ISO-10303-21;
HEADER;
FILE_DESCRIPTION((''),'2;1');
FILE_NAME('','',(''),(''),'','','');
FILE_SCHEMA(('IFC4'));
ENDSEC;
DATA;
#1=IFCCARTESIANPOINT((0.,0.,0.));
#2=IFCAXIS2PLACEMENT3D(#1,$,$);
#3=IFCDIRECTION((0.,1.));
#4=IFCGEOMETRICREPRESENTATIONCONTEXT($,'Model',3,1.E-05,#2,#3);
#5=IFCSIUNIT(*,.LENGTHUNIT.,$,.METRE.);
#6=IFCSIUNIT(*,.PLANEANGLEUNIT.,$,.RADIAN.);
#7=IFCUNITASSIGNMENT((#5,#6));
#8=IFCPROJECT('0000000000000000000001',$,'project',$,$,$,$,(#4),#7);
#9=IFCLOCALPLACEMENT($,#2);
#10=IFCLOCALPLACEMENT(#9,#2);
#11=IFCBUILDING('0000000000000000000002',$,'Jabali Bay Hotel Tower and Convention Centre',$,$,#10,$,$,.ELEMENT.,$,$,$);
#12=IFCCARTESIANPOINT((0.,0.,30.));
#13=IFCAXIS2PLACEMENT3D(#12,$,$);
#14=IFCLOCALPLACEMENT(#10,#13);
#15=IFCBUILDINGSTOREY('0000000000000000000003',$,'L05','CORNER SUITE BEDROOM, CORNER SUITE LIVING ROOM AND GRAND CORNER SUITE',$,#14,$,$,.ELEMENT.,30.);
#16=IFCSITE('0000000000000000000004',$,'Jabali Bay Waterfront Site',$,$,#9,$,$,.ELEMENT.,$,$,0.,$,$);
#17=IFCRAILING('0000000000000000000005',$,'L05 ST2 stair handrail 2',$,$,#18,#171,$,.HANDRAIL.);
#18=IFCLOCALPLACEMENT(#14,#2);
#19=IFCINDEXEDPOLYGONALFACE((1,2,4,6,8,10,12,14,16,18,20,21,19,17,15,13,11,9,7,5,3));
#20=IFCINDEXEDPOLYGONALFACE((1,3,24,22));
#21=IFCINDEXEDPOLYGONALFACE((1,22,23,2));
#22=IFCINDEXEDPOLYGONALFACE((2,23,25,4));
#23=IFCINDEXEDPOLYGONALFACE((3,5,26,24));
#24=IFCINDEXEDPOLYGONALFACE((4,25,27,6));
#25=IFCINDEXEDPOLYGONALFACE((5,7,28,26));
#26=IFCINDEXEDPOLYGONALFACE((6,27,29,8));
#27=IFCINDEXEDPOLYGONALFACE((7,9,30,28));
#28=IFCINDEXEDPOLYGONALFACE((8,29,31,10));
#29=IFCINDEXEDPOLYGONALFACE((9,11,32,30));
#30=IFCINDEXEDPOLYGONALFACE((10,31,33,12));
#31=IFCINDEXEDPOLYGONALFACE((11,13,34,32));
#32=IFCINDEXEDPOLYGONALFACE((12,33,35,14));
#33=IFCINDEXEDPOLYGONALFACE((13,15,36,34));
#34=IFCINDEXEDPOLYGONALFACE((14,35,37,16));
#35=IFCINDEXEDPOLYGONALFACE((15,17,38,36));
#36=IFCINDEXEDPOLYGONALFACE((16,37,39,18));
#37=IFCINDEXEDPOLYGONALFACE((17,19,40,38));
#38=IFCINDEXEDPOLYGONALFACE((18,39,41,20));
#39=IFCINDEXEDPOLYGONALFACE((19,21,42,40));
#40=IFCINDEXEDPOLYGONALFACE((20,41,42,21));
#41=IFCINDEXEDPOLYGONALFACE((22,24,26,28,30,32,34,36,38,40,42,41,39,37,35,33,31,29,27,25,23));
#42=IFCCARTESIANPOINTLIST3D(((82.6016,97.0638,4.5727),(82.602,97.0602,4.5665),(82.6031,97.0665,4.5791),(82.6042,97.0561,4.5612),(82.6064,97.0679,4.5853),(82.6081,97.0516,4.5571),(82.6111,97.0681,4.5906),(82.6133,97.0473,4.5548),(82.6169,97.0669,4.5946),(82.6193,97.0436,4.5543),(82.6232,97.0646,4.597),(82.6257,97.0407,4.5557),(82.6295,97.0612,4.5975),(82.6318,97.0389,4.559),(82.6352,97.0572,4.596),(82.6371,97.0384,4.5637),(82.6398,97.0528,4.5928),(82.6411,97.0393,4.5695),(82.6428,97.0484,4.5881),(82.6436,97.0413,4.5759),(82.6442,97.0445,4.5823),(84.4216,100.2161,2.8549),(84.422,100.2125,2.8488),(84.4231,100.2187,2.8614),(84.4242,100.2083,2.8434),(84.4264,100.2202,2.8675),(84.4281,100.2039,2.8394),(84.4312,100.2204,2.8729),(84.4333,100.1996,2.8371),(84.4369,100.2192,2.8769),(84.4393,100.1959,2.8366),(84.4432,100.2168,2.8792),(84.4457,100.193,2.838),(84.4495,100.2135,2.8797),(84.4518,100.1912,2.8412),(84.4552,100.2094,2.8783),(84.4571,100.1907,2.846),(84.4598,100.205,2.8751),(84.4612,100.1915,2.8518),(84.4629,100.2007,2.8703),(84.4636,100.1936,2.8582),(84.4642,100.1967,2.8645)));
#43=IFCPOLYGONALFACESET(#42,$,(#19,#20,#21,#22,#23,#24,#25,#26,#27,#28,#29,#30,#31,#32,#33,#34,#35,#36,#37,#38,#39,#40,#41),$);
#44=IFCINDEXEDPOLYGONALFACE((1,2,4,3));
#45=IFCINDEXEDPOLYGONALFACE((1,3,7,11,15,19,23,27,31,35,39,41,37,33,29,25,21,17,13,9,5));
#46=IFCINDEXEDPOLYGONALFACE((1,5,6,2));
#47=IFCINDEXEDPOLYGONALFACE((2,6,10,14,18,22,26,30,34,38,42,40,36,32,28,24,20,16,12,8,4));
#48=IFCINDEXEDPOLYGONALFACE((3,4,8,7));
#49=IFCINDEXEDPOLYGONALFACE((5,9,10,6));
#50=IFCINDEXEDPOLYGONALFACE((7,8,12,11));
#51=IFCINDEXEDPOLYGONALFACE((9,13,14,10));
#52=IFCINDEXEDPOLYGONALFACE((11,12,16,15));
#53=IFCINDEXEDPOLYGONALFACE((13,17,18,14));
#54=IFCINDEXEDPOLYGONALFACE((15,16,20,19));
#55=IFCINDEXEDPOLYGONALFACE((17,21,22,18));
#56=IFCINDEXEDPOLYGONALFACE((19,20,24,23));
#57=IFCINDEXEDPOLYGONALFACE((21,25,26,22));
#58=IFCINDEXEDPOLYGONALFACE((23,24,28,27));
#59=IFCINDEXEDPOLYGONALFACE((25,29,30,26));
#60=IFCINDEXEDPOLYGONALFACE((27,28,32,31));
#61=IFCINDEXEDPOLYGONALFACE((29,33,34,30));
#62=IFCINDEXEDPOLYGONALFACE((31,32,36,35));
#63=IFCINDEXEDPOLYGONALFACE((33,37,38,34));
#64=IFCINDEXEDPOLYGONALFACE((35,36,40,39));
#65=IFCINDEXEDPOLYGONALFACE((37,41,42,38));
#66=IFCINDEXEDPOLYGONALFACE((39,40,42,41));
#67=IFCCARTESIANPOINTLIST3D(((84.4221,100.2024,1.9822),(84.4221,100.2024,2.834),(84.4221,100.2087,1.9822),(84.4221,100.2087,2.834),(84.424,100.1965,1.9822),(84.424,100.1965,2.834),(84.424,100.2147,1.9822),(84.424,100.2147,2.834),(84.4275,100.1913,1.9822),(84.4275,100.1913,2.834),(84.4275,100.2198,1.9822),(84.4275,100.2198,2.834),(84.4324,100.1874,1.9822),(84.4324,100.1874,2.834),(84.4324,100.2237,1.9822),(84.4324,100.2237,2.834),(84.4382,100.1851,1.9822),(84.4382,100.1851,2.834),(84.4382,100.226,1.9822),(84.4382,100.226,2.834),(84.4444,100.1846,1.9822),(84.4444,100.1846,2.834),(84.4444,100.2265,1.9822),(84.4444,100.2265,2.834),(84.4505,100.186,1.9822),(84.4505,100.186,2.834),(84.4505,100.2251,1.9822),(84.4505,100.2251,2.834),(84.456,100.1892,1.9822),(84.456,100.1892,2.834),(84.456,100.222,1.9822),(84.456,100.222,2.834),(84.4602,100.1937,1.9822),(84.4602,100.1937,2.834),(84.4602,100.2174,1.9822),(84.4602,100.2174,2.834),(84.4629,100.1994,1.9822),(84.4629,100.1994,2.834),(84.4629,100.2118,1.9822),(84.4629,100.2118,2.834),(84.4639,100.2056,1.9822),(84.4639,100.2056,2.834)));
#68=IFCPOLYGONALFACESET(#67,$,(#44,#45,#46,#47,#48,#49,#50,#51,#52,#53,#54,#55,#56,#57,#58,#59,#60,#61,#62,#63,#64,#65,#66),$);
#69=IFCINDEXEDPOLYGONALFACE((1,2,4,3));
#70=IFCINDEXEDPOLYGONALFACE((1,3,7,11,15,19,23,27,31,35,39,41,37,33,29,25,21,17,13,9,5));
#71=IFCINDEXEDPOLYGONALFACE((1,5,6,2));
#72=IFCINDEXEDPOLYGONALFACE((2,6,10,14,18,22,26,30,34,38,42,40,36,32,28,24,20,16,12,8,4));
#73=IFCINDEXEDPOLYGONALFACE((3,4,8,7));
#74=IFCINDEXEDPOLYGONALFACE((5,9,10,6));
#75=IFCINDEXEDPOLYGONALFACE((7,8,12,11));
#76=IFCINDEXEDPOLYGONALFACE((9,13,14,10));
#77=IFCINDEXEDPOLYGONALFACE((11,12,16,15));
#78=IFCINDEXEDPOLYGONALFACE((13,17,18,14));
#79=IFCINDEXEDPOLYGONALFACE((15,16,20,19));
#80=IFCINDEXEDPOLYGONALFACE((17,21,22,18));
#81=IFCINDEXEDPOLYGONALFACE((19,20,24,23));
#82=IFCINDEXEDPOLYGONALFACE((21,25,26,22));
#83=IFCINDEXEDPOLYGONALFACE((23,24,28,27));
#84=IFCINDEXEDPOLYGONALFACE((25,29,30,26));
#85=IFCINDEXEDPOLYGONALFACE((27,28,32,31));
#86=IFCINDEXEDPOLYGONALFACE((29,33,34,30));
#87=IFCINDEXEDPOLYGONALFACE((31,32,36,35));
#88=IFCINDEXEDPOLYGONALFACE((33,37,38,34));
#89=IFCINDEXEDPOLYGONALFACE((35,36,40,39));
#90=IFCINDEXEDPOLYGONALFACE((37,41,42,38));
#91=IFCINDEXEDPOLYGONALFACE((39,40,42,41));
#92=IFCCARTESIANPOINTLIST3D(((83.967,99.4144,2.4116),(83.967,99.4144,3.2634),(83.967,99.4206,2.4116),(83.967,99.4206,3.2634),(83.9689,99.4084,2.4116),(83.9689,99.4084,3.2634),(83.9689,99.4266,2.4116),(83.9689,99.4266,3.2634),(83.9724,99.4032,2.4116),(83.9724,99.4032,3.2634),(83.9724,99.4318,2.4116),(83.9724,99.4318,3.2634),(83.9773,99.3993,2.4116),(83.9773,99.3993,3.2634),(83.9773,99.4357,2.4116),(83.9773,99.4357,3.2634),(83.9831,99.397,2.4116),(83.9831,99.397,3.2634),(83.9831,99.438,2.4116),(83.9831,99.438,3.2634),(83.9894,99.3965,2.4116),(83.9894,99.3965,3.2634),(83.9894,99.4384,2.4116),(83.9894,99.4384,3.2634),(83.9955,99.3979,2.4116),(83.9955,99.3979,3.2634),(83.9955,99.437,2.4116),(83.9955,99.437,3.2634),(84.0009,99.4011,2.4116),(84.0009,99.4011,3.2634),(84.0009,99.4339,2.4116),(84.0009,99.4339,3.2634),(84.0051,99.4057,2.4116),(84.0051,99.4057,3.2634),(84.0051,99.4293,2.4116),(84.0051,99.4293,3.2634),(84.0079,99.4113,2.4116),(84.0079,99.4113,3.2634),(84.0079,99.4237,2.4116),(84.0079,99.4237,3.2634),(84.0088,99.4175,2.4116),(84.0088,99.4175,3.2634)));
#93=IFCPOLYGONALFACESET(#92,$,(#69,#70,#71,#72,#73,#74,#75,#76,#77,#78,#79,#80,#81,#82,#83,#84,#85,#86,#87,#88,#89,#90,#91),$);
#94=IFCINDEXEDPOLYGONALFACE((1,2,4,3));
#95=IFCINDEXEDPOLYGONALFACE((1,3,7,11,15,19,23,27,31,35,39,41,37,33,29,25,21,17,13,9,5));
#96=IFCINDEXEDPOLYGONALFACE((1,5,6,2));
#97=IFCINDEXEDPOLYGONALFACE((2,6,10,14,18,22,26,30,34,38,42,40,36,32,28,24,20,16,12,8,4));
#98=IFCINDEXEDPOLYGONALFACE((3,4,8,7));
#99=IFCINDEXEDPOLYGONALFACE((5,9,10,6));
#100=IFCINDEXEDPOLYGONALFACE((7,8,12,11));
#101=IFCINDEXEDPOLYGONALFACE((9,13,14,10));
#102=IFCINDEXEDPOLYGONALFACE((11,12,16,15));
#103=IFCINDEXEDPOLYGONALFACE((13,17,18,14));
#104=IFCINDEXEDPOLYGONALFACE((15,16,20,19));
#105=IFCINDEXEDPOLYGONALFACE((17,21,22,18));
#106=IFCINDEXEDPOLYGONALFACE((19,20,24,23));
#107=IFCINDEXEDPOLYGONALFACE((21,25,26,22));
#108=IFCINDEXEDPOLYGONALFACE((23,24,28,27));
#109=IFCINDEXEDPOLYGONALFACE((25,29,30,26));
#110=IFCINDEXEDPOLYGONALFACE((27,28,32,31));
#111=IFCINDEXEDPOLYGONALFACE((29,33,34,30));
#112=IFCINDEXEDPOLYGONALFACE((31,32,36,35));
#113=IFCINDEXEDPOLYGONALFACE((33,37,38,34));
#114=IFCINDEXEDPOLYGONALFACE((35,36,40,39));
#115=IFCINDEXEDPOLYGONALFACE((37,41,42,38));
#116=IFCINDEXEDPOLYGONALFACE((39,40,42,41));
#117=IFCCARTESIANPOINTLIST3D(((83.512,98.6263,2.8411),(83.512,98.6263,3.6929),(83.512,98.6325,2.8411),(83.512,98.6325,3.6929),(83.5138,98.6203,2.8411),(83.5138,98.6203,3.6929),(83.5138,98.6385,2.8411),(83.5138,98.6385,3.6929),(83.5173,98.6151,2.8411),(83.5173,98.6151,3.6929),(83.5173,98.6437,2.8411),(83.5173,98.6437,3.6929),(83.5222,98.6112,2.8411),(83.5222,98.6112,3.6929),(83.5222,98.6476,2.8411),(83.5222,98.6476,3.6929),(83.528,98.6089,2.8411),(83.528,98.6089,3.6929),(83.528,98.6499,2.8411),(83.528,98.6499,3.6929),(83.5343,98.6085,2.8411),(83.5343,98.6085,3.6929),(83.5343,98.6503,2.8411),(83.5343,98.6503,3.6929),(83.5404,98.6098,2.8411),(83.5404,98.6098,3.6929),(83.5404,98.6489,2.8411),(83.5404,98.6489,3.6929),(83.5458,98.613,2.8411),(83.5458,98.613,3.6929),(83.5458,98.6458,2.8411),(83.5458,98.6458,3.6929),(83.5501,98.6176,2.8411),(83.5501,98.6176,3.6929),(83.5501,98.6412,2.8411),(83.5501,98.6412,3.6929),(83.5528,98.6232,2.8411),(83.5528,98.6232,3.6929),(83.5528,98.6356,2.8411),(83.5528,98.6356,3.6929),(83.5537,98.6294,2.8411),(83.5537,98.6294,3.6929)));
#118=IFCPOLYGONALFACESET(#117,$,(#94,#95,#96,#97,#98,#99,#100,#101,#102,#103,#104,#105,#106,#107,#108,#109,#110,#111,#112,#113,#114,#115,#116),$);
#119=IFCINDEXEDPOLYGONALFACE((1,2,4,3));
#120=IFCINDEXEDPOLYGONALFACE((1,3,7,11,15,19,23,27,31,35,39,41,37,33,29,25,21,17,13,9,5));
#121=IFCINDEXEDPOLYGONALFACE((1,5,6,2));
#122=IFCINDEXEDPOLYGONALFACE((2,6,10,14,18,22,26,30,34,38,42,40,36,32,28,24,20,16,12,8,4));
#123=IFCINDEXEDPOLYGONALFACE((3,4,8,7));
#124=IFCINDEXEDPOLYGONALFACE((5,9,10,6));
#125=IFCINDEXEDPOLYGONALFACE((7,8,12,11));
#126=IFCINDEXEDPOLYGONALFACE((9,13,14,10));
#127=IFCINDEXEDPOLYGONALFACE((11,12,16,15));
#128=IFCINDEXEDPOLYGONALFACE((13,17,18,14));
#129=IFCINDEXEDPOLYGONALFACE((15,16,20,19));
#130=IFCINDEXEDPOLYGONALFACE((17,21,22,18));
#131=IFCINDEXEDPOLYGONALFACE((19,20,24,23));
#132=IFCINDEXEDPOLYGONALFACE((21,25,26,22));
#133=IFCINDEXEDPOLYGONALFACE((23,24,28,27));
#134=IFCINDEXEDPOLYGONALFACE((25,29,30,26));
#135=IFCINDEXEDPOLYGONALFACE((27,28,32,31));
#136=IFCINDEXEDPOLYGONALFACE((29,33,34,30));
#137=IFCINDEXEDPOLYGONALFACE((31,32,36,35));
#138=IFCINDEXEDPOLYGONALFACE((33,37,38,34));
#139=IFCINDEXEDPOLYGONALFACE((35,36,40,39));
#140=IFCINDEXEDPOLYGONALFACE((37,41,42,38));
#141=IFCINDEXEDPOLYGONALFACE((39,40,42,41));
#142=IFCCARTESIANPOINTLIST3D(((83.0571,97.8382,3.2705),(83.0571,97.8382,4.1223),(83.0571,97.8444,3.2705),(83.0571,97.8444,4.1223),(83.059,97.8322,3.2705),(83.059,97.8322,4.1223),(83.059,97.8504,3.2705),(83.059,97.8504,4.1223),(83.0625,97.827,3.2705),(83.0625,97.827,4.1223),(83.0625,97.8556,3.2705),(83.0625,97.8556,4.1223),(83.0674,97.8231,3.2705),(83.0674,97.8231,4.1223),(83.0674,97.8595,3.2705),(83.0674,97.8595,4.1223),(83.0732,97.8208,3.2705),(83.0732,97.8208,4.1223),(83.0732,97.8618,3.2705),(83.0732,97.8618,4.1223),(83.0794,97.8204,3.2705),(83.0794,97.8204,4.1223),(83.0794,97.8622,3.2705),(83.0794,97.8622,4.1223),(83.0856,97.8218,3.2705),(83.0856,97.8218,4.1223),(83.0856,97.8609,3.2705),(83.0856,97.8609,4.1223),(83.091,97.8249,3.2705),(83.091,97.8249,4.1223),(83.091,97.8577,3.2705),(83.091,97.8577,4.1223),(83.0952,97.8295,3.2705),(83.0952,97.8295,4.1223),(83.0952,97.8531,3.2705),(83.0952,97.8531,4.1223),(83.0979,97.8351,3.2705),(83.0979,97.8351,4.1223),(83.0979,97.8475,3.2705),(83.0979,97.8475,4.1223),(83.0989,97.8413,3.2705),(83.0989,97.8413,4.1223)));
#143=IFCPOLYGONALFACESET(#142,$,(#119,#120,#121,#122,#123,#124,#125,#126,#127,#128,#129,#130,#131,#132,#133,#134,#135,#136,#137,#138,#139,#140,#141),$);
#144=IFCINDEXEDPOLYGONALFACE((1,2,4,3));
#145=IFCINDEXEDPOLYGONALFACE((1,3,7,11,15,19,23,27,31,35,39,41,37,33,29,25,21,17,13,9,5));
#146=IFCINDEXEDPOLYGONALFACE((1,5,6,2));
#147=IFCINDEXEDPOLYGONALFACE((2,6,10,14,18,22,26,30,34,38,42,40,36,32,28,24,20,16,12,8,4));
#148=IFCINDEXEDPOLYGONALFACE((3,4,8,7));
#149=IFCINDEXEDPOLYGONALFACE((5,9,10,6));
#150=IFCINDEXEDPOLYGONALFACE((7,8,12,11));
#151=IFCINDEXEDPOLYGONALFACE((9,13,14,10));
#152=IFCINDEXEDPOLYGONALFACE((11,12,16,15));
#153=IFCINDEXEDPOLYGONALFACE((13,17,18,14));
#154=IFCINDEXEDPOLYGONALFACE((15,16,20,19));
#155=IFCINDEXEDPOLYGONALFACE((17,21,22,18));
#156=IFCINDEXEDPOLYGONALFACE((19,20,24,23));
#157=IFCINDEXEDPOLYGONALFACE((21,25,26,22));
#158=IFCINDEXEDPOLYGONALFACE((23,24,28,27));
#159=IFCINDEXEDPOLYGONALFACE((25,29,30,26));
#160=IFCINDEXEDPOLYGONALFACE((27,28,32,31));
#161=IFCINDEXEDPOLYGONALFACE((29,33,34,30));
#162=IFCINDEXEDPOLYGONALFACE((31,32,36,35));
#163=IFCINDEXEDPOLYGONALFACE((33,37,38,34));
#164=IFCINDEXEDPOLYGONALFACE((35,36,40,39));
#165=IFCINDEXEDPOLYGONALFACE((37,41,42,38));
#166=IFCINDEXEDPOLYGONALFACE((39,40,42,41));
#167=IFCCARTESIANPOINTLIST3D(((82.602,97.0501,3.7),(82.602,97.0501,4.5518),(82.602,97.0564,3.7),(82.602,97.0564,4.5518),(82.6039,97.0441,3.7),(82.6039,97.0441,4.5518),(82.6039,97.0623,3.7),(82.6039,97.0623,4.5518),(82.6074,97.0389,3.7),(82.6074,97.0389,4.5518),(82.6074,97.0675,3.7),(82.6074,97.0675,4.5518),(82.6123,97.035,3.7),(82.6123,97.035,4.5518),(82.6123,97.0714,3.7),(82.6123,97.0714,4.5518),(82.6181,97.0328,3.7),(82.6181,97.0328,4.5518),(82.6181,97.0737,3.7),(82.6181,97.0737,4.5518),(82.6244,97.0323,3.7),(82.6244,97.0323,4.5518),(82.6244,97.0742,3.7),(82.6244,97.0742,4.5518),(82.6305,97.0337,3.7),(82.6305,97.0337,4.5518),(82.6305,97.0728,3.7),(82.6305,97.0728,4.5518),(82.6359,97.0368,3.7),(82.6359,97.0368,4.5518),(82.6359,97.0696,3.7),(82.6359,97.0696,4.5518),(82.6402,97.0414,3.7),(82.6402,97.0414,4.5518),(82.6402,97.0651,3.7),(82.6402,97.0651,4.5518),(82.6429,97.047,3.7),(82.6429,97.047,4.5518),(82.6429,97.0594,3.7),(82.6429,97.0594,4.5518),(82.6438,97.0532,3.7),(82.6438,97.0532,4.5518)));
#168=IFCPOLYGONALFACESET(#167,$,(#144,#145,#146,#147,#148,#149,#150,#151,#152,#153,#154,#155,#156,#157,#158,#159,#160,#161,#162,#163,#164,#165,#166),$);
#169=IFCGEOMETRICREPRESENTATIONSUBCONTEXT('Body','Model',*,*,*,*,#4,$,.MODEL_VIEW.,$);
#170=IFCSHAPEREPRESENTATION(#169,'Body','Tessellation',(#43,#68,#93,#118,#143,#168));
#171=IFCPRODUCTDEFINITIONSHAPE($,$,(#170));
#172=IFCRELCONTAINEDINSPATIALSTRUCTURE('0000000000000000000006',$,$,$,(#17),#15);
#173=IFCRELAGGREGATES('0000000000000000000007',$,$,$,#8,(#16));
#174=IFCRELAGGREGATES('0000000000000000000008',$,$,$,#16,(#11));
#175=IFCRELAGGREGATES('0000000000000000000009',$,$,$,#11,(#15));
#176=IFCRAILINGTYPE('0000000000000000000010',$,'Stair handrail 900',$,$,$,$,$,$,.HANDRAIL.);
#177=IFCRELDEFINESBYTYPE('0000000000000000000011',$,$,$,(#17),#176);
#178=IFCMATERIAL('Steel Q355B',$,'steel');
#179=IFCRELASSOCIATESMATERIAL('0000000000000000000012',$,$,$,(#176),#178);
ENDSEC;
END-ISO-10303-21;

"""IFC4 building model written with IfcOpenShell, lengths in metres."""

from ifc_helpers import new_model, si_unit, direction, frame, origin, origin_2d, place, context, subcontext, project, spatial, circle, extrude, material, type_object, element, save


model = new_model("IFC4")

# Units and contexts
model_context = context("Model", 3, precision=1e-05, world=origin(), true_north=direction((0.0, 1.0)))
body_context = subcontext(model_context, "Body", "Model", "MODEL_VIEW")
ifc_project = project(units=[si_unit("LENGTHUNIT", "METRE"), si_unit("PLANEANGLEUNIT", "RADIAN")], contexts=[model_context])

# Site, building, storey
site_placement = place(None, origin())
site = spatial("IfcSite", under=ifc_project, at=site_placement, Name="Jabali Bay Waterfront Site", CompositionType="ELEMENT", RefElevation=0.0)
building_placement = place(site_placement, origin())
building = spatial("IfcBuilding", under=site, at=building_placement, Name="Jabali Bay Hotel Tower and Convention Centre", CompositionType="ELEMENT")
storey_placement = place(building_placement, frame((0.0, 0.0, 30.0)))
storey = spatial("IfcBuildingStorey", under=building, at=storey_placement, Name="L05", Description="CORNER SUITE BEDROOM, CORNER SUITE LIVING ROOM AND GRAND CORNER SUITE", CompositionType="ELEMENT", Elevation=30.0)

# Railing
ifc_material_1 = material(Name="Steel Q355B", Category="steel")
railing_type_1 = type_object("IfcRailingType", Name="Stair handrail 900", PredefinedType="HANDRAIL", material=ifc_material_1)
railing_1_placement = place(storey_placement, frame((84.4429, 100.2056, 1.9822)))
element("IfcRailing", 1, at=railing_1_placement, inside=storey, type_object=railing_type_1, Name="L05 ST2 stair handrail 2", PredefinedType="HANDRAIL", context=body_context, shape_type="SweptSolid", body=[
    extrude(circle(Radius=0.0239, at=origin_2d()), frame((0.0, 0.0, 0.876), z_axis=(-0.45219, -0.78319, 0.426775), x_axis=(0.866018, -0.500013, 0.0)), (0.0, 0.0, 1.0), 4.0249),
    extrude(circle(Radius=0.021, at=origin_2d()), origin(), (0.0, 0.0, 1.0), 0.8518),
    extrude(circle(Radius=0.021, at=origin_2d()), frame((-0.4551, -0.7881, 0.4294)), (0.0, 0.0, 1.0), 0.8518),
    extrude(circle(Radius=0.021, at=origin_2d()), frame((-0.9102, -1.5762, 0.8589)), (0.0, 0.0, 1.0), 0.8518),
    extrude(circle(Radius=0.021, at=origin_2d()), frame((-1.365, -2.3643, 1.2883)), (0.0, 0.0, 1.0), 0.8518),
    extrude(circle(Radius=0.021, at=origin_2d()), frame((-1.8201, -3.1523, 1.7178)), (0.0, 0.0, 1.0), 0.8518),
])

save(model, "model.ifc")
